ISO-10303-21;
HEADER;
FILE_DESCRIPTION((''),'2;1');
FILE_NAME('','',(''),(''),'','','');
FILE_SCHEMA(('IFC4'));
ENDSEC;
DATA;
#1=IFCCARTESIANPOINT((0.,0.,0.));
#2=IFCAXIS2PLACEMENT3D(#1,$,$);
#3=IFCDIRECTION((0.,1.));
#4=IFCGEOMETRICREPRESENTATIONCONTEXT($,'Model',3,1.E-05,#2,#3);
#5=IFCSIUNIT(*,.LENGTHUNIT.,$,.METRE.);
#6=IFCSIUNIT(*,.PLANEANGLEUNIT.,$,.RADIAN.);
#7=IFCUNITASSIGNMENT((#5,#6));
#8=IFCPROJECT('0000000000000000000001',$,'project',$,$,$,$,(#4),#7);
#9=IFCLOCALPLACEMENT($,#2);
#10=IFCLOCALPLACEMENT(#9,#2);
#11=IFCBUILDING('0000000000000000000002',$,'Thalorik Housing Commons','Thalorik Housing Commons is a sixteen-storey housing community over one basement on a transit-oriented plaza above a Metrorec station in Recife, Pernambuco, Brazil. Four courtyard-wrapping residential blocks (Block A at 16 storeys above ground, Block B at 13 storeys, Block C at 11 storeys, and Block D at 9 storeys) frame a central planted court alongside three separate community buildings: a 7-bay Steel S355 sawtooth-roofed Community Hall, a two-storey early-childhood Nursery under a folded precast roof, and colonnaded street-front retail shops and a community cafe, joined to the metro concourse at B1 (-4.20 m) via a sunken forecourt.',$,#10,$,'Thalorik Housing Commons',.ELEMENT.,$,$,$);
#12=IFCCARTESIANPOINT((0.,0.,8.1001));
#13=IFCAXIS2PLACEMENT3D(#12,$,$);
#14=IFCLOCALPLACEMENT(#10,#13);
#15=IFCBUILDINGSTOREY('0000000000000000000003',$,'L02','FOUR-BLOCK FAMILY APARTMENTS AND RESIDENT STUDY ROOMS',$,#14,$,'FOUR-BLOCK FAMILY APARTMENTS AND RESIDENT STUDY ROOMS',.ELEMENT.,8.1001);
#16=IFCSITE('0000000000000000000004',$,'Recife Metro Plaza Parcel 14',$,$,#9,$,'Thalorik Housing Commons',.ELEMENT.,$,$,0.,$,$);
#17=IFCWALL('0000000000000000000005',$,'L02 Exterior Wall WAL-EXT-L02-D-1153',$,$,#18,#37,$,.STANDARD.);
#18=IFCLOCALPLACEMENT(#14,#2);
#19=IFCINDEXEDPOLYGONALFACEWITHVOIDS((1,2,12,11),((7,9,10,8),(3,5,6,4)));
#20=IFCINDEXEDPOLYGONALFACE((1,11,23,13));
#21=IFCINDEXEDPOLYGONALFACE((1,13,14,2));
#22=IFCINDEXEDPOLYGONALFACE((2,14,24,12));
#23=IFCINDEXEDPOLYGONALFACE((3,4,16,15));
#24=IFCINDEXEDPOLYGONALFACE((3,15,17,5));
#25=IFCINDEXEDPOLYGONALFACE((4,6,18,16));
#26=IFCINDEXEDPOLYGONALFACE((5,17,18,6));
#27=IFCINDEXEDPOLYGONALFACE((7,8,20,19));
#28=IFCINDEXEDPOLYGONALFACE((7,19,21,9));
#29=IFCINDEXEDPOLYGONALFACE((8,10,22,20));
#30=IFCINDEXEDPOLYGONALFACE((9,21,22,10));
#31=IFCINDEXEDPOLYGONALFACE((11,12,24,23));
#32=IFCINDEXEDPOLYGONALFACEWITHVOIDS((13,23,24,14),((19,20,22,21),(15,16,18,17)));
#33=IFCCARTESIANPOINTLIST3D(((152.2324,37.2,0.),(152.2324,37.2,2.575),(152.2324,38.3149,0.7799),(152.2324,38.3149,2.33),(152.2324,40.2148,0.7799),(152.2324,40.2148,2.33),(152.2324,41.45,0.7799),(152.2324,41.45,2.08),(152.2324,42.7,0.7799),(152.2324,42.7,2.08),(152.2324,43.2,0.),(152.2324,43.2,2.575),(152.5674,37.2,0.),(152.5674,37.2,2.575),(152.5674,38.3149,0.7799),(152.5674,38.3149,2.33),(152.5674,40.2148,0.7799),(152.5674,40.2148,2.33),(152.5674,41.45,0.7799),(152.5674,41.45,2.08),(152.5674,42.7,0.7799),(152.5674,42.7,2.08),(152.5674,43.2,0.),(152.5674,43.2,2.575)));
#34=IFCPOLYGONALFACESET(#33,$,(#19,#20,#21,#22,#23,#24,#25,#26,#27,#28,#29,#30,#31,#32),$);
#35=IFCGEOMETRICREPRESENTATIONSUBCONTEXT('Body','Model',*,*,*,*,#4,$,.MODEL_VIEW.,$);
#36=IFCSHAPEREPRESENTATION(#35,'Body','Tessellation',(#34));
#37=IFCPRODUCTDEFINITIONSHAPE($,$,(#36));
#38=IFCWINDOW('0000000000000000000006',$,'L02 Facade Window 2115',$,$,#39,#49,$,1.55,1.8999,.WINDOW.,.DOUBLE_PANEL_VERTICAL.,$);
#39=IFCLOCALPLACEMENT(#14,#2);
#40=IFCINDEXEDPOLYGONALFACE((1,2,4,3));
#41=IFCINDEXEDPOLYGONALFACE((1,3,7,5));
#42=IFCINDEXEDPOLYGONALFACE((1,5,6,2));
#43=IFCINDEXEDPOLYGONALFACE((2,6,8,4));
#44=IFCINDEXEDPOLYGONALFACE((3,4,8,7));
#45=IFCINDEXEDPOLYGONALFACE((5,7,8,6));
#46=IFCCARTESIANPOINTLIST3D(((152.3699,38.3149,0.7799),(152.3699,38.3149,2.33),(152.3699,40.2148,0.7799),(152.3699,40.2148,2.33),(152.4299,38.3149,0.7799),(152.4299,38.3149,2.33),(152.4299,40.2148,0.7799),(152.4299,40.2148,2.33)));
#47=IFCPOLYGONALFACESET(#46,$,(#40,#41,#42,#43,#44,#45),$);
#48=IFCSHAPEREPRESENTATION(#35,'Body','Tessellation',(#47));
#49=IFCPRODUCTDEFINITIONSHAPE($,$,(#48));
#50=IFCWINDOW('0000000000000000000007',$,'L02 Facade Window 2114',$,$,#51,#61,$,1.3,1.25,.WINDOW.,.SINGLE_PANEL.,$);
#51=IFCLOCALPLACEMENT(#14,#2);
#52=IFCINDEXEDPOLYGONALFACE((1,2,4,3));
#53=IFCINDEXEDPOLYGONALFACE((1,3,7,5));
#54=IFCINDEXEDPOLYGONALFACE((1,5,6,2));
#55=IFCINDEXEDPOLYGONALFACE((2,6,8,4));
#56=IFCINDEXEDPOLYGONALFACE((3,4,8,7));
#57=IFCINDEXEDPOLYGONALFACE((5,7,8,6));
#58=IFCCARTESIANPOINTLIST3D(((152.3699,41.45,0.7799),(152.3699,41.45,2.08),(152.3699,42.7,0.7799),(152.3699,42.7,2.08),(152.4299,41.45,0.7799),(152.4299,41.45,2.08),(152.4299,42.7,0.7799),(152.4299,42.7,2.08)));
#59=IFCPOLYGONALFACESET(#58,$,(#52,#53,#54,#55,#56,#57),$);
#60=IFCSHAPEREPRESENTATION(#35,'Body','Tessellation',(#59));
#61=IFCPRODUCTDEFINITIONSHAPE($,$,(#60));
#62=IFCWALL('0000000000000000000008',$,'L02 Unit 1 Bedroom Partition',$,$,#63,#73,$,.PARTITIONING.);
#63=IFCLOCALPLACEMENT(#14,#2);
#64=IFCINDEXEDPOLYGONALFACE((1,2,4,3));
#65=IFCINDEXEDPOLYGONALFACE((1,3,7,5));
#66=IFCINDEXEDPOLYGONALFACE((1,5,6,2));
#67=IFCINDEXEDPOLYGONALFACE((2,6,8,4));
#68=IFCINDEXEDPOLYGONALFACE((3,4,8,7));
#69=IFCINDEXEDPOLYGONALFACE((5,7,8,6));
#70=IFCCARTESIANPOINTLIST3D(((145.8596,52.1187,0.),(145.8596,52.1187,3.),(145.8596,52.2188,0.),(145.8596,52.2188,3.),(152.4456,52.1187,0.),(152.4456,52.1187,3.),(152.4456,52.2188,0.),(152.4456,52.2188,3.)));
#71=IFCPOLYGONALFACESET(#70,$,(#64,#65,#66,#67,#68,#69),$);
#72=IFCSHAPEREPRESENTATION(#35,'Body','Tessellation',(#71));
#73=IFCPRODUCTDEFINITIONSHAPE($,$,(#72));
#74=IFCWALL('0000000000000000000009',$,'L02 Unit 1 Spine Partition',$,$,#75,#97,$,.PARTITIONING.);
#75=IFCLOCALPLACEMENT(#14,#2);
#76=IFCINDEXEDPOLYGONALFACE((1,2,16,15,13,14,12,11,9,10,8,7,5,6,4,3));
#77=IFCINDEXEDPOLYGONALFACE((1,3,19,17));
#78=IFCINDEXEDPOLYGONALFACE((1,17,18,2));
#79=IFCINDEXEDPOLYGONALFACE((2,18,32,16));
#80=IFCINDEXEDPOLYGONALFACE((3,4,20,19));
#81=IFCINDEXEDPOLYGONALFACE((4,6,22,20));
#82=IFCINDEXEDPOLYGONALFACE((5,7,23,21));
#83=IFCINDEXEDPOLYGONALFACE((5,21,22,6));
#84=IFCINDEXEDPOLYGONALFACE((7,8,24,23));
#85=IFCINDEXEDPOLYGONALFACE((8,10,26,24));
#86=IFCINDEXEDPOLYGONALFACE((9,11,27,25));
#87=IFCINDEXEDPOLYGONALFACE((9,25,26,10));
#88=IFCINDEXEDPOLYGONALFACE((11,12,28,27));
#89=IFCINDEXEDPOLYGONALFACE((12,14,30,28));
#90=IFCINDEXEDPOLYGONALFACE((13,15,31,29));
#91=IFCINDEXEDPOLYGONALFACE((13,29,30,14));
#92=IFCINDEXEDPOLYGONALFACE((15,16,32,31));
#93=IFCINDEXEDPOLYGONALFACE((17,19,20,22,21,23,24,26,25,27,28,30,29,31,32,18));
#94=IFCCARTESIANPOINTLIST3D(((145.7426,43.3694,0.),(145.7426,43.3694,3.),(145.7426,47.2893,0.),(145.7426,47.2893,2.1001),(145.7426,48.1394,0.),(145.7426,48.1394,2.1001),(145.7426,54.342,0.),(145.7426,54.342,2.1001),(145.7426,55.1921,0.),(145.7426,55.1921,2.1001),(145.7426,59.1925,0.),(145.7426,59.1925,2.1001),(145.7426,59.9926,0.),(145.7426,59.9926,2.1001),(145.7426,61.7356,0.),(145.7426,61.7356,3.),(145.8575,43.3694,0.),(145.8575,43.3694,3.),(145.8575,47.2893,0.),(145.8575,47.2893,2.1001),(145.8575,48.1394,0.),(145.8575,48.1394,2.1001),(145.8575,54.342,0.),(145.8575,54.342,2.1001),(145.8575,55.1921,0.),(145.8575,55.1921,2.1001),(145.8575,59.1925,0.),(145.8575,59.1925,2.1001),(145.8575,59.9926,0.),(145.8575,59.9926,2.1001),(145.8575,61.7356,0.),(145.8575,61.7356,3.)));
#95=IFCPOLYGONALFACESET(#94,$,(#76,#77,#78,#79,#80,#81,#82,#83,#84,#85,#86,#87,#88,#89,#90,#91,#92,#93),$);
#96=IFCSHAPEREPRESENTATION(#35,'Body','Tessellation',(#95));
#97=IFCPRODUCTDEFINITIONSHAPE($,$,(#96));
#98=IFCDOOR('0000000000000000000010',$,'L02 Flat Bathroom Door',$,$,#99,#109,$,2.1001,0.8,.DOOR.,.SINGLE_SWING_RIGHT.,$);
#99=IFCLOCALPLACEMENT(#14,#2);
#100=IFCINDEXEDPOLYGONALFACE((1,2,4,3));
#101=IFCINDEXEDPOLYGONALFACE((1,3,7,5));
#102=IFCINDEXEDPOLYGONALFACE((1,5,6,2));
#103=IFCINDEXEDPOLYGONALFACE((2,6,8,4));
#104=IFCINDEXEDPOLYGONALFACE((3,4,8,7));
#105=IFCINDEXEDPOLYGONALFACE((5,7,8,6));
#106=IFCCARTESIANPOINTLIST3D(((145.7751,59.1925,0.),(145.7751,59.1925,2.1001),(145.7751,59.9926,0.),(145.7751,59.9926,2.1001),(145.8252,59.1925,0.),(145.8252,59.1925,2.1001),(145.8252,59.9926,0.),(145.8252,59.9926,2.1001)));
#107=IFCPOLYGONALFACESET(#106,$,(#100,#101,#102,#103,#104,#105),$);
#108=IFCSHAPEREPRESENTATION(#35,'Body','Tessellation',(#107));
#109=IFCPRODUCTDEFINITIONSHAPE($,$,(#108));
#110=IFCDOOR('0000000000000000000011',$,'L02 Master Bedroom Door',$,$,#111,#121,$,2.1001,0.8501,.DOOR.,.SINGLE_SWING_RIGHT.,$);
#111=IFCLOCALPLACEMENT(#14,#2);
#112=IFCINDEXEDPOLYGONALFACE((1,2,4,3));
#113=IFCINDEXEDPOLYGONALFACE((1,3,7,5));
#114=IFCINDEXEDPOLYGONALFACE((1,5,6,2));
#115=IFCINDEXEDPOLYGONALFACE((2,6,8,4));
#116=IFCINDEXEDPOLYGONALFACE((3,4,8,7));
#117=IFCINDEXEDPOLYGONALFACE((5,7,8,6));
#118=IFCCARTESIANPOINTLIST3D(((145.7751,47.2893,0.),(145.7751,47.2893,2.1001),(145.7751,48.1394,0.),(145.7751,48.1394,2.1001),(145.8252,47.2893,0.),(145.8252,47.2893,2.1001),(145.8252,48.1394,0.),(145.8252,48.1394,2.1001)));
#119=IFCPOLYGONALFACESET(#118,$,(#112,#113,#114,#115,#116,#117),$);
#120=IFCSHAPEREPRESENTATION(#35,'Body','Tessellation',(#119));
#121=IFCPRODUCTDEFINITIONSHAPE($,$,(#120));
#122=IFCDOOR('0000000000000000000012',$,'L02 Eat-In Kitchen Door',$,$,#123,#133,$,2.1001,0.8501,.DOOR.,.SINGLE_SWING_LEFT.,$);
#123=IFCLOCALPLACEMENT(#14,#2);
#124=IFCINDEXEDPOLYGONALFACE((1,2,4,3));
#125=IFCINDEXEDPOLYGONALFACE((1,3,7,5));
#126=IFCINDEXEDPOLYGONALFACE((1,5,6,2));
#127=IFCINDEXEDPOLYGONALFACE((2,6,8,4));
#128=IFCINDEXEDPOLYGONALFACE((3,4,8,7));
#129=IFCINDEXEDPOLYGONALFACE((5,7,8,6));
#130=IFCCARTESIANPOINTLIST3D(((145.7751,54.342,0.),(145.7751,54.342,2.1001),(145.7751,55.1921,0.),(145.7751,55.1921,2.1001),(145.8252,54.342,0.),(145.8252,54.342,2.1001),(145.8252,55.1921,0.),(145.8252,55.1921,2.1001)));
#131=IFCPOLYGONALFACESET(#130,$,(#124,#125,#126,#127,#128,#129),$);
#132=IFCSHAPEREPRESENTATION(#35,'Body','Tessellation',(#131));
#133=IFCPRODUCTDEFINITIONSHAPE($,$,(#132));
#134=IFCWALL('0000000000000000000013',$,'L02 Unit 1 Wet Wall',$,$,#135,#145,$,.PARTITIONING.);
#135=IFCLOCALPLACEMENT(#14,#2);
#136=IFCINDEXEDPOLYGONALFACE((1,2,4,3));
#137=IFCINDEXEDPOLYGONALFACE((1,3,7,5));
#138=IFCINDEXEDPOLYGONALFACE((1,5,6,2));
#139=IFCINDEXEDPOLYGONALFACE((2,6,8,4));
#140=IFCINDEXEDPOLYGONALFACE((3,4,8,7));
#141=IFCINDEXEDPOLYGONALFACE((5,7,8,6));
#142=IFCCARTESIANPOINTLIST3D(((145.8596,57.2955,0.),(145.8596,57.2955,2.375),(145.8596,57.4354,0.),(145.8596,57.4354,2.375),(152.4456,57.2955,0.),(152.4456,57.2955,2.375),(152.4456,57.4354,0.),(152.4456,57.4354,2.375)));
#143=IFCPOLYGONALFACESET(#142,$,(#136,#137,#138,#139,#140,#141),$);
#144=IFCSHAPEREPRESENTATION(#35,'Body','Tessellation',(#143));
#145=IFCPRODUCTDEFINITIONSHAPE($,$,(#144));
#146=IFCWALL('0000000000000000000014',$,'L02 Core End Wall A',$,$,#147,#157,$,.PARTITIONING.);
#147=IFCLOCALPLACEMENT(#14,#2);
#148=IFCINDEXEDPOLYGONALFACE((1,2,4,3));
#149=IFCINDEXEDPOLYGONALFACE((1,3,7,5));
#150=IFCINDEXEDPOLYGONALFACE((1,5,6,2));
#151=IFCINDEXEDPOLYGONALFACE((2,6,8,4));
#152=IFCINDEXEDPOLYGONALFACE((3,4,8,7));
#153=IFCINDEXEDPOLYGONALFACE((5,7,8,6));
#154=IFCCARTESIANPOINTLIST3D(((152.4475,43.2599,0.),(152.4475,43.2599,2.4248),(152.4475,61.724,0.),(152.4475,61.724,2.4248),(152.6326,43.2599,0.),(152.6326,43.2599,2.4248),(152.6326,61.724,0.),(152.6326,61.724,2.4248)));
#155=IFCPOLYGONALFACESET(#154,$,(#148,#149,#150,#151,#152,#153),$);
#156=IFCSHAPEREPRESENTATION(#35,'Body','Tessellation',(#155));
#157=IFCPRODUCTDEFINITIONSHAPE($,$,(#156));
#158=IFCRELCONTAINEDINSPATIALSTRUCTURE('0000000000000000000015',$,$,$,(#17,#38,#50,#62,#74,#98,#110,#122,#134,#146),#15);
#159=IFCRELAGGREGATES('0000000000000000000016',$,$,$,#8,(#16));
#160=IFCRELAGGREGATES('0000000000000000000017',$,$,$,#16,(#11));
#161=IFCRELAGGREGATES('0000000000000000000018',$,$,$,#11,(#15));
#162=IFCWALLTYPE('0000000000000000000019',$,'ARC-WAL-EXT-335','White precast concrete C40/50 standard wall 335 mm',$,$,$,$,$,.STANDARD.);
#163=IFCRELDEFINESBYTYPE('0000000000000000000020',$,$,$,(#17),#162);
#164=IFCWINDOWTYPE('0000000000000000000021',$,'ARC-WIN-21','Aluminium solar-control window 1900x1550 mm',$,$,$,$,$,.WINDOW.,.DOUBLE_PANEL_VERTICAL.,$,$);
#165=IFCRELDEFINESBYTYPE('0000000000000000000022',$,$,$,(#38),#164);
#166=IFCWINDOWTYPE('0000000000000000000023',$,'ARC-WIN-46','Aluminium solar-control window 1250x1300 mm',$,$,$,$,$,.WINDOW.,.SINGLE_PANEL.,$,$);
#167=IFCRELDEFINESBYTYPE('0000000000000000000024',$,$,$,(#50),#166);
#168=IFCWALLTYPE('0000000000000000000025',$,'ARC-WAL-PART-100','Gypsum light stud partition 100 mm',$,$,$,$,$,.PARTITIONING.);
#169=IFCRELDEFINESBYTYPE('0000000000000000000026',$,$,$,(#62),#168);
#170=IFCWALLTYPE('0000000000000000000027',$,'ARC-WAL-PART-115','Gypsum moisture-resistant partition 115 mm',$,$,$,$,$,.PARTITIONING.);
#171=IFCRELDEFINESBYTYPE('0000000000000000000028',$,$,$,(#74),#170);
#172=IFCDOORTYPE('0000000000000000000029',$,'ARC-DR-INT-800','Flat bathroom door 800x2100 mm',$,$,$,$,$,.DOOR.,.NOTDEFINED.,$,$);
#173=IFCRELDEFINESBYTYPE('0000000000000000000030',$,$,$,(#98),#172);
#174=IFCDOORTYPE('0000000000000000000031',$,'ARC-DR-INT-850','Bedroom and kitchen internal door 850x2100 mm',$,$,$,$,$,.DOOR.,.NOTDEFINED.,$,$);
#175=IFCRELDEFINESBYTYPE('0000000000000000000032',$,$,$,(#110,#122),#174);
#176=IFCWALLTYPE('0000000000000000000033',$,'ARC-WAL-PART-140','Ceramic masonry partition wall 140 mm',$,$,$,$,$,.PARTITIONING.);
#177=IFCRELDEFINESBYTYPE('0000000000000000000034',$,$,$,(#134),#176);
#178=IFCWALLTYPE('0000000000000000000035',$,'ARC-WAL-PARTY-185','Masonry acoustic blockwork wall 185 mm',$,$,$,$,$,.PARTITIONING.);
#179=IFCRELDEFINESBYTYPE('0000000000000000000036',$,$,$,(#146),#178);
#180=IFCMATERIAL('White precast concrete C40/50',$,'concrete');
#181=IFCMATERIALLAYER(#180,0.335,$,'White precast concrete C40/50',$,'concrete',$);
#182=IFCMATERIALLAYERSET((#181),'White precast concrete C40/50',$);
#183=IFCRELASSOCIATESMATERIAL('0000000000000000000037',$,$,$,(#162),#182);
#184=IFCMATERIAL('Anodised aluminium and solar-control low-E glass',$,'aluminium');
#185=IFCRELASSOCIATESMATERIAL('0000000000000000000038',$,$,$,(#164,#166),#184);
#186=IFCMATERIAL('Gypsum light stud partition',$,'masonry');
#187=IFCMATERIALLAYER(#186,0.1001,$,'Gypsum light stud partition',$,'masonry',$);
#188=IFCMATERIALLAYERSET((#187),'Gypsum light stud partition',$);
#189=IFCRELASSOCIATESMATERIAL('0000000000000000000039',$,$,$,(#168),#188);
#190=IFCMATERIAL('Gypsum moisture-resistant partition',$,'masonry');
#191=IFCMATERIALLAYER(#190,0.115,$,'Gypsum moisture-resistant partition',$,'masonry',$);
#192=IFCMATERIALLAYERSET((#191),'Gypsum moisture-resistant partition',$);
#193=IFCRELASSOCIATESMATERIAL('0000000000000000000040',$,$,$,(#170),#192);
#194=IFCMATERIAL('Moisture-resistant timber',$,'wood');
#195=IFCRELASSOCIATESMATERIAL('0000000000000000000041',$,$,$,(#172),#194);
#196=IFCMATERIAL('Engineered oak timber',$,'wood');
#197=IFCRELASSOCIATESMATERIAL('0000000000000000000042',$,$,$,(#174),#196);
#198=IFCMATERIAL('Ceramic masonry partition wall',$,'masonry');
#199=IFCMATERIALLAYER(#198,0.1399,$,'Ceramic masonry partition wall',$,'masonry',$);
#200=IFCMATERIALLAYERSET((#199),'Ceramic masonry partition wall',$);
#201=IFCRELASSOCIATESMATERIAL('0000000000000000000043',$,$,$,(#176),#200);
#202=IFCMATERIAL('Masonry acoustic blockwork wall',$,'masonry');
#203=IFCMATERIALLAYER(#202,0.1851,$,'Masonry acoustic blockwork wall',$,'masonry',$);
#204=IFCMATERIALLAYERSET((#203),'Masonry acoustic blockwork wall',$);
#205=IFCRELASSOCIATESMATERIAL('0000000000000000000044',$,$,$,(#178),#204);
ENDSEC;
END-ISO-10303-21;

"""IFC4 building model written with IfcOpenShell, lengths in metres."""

from ifc_helpers import new_model, si_unit, direction, frame, frame_2d, origin, place, context, subcontext, project, spatial, rectangle, extrude, material, layer, layer_set, type_object, element, fill, save


model = new_model("IFC4")

# Units and contexts
model_context = context("Model", 3, precision=1e-05, world=origin(), true_north=direction((0.0, 1.0)))
body_context = subcontext(model_context, "Body", "Model", "MODEL_VIEW")
ifc_project = project(units=[si_unit("LENGTHUNIT", "METRE"), si_unit("PLANEANGLEUNIT", "RADIAN")], contexts=[model_context])

# Site, building, storey
site_placement = place(None, origin())
site = spatial("IfcSite", under=ifc_project, at=site_placement, Name="Recife Metro Plaza Parcel 14", LongName="Thalorik Housing Commons", CompositionType="ELEMENT", RefElevation=0.0)
building_placement = place(site_placement, origin())
building = spatial("IfcBuilding", under=site, at=building_placement, Name="Thalorik Housing Commons", Description="Thalorik Housing Commons is a sixteen-storey housing community over one basement on a transit-oriented plaza above a Metrorec station in Recife, Pernambuco, Brazil. Four courtyard-wrapping residential blocks (Block A at 16 storeys above ground, Block B at 13 storeys, Block C at 11 storeys, and Block D at 9 storeys) frame a central planted court alongside three separate community buildings: a 7-bay Steel S355 sawtooth-roofed Community Hall, a two-storey early-childhood Nursery under a folded precast roof, and colonnaded street-front retail shops and a community cafe, joined to the metro concourse at B1 (-4.20 m) via a sunken forecourt.", LongName="Thalorik Housing Commons", CompositionType="ELEMENT")
storey_placement = place(building_placement, frame((0.0, 0.0, 8.1001)))
storey = spatial("IfcBuildingStorey", under=building, at=storey_placement, Name="L02", Description="FOUR-BLOCK FAMILY APARTMENTS AND RESIDENT STUDY ROOMS", LongName="FOUR-BLOCK FAMILY APARTMENTS AND RESIDENT STUDY ROOMS", CompositionType="ELEMENT", Elevation=8.1001)

# Wall, openings, windows
ifc_material_1 = material(Name="White precast concrete C40/50", Category="concrete")
ifc_layer_1 = layer(ifc_material_1, 0.335, Name="White precast concrete C40/50", Category="concrete")
ifc_layer_set_1 = layer_set([ifc_layer_1], Name="White precast concrete C40/50")
wall_type_1 = type_object("IfcWallType", Name="ARC-WAL-EXT-335", Description="White precast concrete C40/50 standard wall 335 mm", PredefinedType="STANDARD", material=ifc_layer_set_1)
wall_1_placement = place(storey_placement, frame((152.3999, 43.2, 0.0), z_axis=(0.0, 0.0, 1.0), x_axis=(0.0, -1.0, 0.0)))
wall_1 = element("IfcWall", 1, at=wall_1_placement, inside=storey, type_object=wall_type_1, Name="L02 Exterior Wall WAL-EXT-L02-D-1153", PredefinedType="STANDARD", context=body_context, shape_type="SweptSolid", body=[
    extrude(rectangle(XDim=6.0, YDim=0.335, at=frame_2d((3.0, 0.0))), origin(), (0.0, 0.0, 1.0), 2.575),
])
opening_1_placement = place(wall_1_placement, frame((0.5, 0.0, 0.78)))
opening_1 = element("IfcOpeningElement", 2, at=opening_1_placement, cuts=wall_1, PredefinedType="OPENING", context=body_context, shape_type="SweptSolid", body=[
    extrude(rectangle(XDim=1.25, YDim=1.3, at=frame_2d((0.625, 0.6499))), frame((0.0, 0.1775, 0.0), z_axis=(0.0, -1.0, 0.0), x_axis=(1.0, 0.0, 0.0)), (0.0, 0.0, 1.0), 0.355),
])
opening_2_placement = place(wall_1_placement, frame((2.9851, 0.0, 0.78)))
opening_2 = element("IfcOpeningElement", 3, at=opening_2_placement, cuts=wall_1, PredefinedType="OPENING", context=body_context, shape_type="SweptSolid", body=[
    extrude(rectangle(XDim=1.8999, YDim=1.55, at=frame_2d((0.95, 0.7749))), frame((0.0, 0.1775, 0.0), z_axis=(0.0, -1.0, 0.0), x_axis=(1.0, 0.0, 0.0)), (0.0, 0.0, 1.0), 0.355),
])
ifc_material_2 = material(Name="Anodised aluminium and solar-control low-E glass", Category="aluminium")
window_type_1 = type_object("IfcWindowType", Name="ARC-WIN-21", Description="Aluminium solar-control window 1900x1550 mm", PartitioningType="DOUBLE_PANEL_VERTICAL", PredefinedType="WINDOW", material=ifc_material_2)
window_1_placement = place(opening_2_placement, origin())
window_1 = element("IfcWindow", 4, at=window_1_placement, inside=storey, type_object=window_type_1, Name="L02 Facade Window 2115", OverallHeight=1.55, OverallWidth=1.8999, PartitioningType="DOUBLE_PANEL_VERTICAL", PredefinedType="WINDOW", context=body_context, shape_type="SweptSolid", body=[
    extrude(rectangle(XDim=1.8999, YDim=1.55, at=frame_2d((0.95, 0.7749))), frame((0.0, 0.03, 0.0), z_axis=(0.0, -1.0, 0.0), x_axis=(1.0, 0.0, 0.0)), (0.0, 0.0, 1.0), 0.0601),
])
fill(opening_2, window_1)
window_type_2 = type_object("IfcWindowType", Name="ARC-WIN-46", Description="Aluminium solar-control window 1250x1300 mm", PartitioningType="SINGLE_PANEL", PredefinedType="WINDOW", material=ifc_material_2)
window_2_placement = place(opening_1_placement, origin())
window_2 = element("IfcWindow", 5, at=window_2_placement, inside=storey, type_object=window_type_2, Name="L02 Facade Window 2114", OverallHeight=1.3, OverallWidth=1.25, PartitioningType="SINGLE_PANEL", PredefinedType="WINDOW", context=body_context, shape_type="SweptSolid", body=[
    extrude(rectangle(XDim=1.25, YDim=1.3, at=frame_2d((0.625, 0.6499))), frame((0.0, 0.03, 0.0), z_axis=(0.0, -1.0, 0.0), x_axis=(1.0, 0.0, 0.0)), (0.0, 0.0, 1.0), 0.0601),
])
fill(opening_1, window_2)

# Wall
ifc_material_3 = material(Name="Gypsum light stud partition", Category="masonry")
ifc_layer_2 = layer(ifc_material_3, 0.1001, Name="Gypsum light stud partition", Category="masonry")
ifc_layer_set_2 = layer_set([ifc_layer_2], Name="Gypsum light stud partition")
wall_type_2 = type_object("IfcWallType", Name="ARC-WAL-PART-100", Description="Gypsum light stud partition 100 mm", PredefinedType="PARTITIONING", material=ifc_layer_set_2)
wall_2_placement = place(storey_placement, frame((145.8596, 52.1687, 0.0), z_axis=(0.0, 0.0, 1.0), x_axis=(1.0, 0.0, 0.0)))
element("IfcWall", 6, at=wall_2_placement, inside=storey, type_object=wall_type_2, Name="L02 Unit 1 Bedroom Partition", PredefinedType="PARTITIONING", context=body_context, shape_type="SweptSolid", body=[
    extrude(rectangle(XDim=6.5859, YDim=0.1001, at=frame_2d((3.293, 0.0))), origin(), (0.0, 0.0, 1.0), 3.0),
])

# Wall, openings, doors
ifc_material_4 = material(Name="Gypsum moisture-resistant partition", Category="masonry")
ifc_layer_3 = layer(ifc_material_4, 0.115, Name="Gypsum moisture-resistant partition", Category="masonry")
ifc_layer_set_3 = layer_set([ifc_layer_3], Name="Gypsum moisture-resistant partition")
wall_type_3 = type_object("IfcWallType", Name="ARC-WAL-PART-115", Description="Gypsum moisture-resistant partition 115 mm", PredefinedType="PARTITIONING", material=ifc_layer_set_3)
wall_3_placement = place(storey_placement, frame((145.8, 43.3694, 0.0), z_axis=(0.0, 0.0, 1.0), x_axis=(0.0, 1.0, 0.0)))
wall_3 = element("IfcWall", 7, at=wall_3_placement, inside=storey, type_object=wall_type_3, Name="L02 Unit 1 Spine Partition", PredefinedType="PARTITIONING", context=body_context, shape_type="SweptSolid", body=[
    extrude(rectangle(XDim=18.3662, YDim=0.115, at=frame_2d((9.1831, 0.0))), origin(), (0.0, 0.0, 1.0), 3.0),
])
opening_3_placement = place(wall_3_placement, frame((3.9199, 0.0, 0.0)))
opening_3 = element("IfcOpeningElement", 8, at=opening_3_placement, cuts=wall_3, PredefinedType="OPENING", context=body_context, shape_type="SweptSolid", body=[
    extrude(rectangle(XDim=0.8501, YDim=2.1001, at=frame_2d((0.425, 1.05))), frame((0.0, 0.0674, 0.0), z_axis=(0.0, -1.0, 0.0), x_axis=(1.0, 0.0, 0.0)), (0.0, 0.0, 1.0), 0.135),
])
opening_4_placement = place(wall_3_placement, frame((10.9727, 0.0, 0.0)))
opening_4 = element("IfcOpeningElement", 9, at=opening_4_placement, cuts=wall_3, PredefinedType="OPENING", context=body_context, shape_type="SweptSolid", body=[
    extrude(rectangle(XDim=0.8501, YDim=2.1001, at=frame_2d((0.425, 1.05))), frame((0.0, 0.0674, 0.0), z_axis=(0.0, -1.0, 0.0), x_axis=(1.0, 0.0, 0.0)), (0.0, 0.0, 1.0), 0.135),
])
opening_5_placement = place(wall_3_placement, frame((15.8232, 0.0, 0.0)))
opening_5 = element("IfcOpeningElement", 10, at=opening_5_placement, cuts=wall_3, PredefinedType="OPENING", context=body_context, shape_type="SweptSolid", body=[
    extrude(rectangle(XDim=0.8, YDim=2.1001, at=frame_2d((0.3999, 1.05))), frame((0.0, 0.0674, 0.0), z_axis=(0.0, -1.0, 0.0), x_axis=(1.0, 0.0, 0.0)), (0.0, 0.0, 1.0), 0.135),
])
ifc_material_5 = material(Name="Moisture-resistant timber", Category="wood")
door_type_1 = type_object("IfcDoorType", Name="ARC-DR-INT-800", Description="Flat bathroom door 800x2100 mm", OperationType="NOTDEFINED", PredefinedType="DOOR", material=ifc_material_5)
door_1_placement = place(opening_5_placement, origin())
door_1 = element("IfcDoor", 11, at=door_1_placement, inside=storey, type_object=door_type_1, Name="L02 Flat Bathroom Door", OperationType="SINGLE_SWING_RIGHT", OverallHeight=2.1001, OverallWidth=0.8, PredefinedType="DOOR", context=body_context, shape_type="SweptSolid", body=[
    extrude(rectangle(XDim=0.8, YDim=2.1001, at=frame_2d((0.3999, 1.05))), frame((0.0, 0.0249, 0.0), z_axis=(0.0, -1.0, 0.0), x_axis=(1.0, 0.0, 0.0)), (0.0, 0.0, 1.0), 0.05),
])
fill(opening_5, door_1)
ifc_material_6 = material(Name="Engineered oak timber", Category="wood")
door_type_2 = type_object("IfcDoorType", Name="ARC-DR-INT-850", Description="Bedroom and kitchen internal door 850x2100 mm", OperationType="NOTDEFINED", PredefinedType="DOOR", material=ifc_material_6)
door_2_placement = place(opening_3_placement, origin())
door_2 = element("IfcDoor", 12, at=door_2_placement, inside=storey, type_object=door_type_2, Name="L02 Master Bedroom Door", OperationType="SINGLE_SWING_RIGHT", OverallHeight=2.1001, OverallWidth=0.8501, PredefinedType="DOOR", context=body_context, shape_type="SweptSolid", body=[
    extrude(rectangle(XDim=0.8501, YDim=2.1001, at=frame_2d((0.425, 1.05))), frame((0.0, 0.0249, 0.0), z_axis=(0.0, -1.0, 0.0), x_axis=(1.0, 0.0, 0.0)), (0.0, 0.0, 1.0), 0.05),
])
fill(opening_3, door_2)
door_3_placement = place(opening_4_placement, origin())
door_3 = element("IfcDoor", 13, at=door_3_placement, inside=storey, type_object=door_type_2, Name="L02 Eat-In Kitchen Door", OperationType="SINGLE_SWING_LEFT", OverallHeight=2.1001, OverallWidth=0.8501, PredefinedType="DOOR", context=body_context, shape_type="SweptSolid", body=[
    extrude(rectangle(XDim=0.8501, YDim=2.1001, at=frame_2d((0.425, 1.05))), frame((0.0, 0.0249, 0.0), z_axis=(0.0, -1.0, 0.0), x_axis=(1.0, 0.0, 0.0)), (0.0, 0.0, 1.0), 0.05),
])
fill(opening_4, door_3)

# Walls
ifc_material_7 = material(Name="Ceramic masonry partition wall", Category="masonry")
ifc_layer_4 = layer(ifc_material_7, 0.1399, Name="Ceramic masonry partition wall", Category="masonry")
ifc_layer_set_4 = layer_set([ifc_layer_4], Name="Ceramic masonry partition wall")
wall_type_4 = type_object("IfcWallType", Name="ARC-WAL-PART-140", Description="Ceramic masonry partition wall 140 mm", PredefinedType="PARTITIONING", material=ifc_layer_set_4)
wall_4_placement = place(storey_placement, frame((145.8596, 57.3655, 0.0), z_axis=(0.0, 0.0, 1.0), x_axis=(1.0, 0.0, 0.0)))
element("IfcWall", 14, at=wall_4_placement, inside=storey, type_object=wall_type_4, Name="L02 Unit 1 Wet Wall", PredefinedType="PARTITIONING", context=body_context, shape_type="SweptSolid", body=[
    extrude(rectangle(XDim=6.5859, YDim=0.1399, at=frame_2d((3.293, 0.0))), origin(), (0.0, 0.0, 1.0), 2.375),
])
ifc_material_8 = material(Name="Masonry acoustic blockwork wall", Category="masonry")
ifc_layer_5 = layer(ifc_material_8, 0.1851, Name="Masonry acoustic blockwork wall", Category="masonry")
ifc_layer_set_5 = layer_set([ifc_layer_5], Name="Masonry acoustic blockwork wall")
wall_type_5 = type_object("IfcWallType", Name="ARC-WAL-PARTY-185", Description="Masonry acoustic blockwork wall 185 mm", PredefinedType="PARTITIONING", material=ifc_layer_set_5)
wall_5_placement = place(storey_placement, frame((152.54, 43.26, 0.0), z_axis=(0.0, 0.0, 1.0), x_axis=(0.0, 1.0, 0.0)))
element("IfcWall", 15, at=wall_5_placement, inside=storey, type_object=wall_type_5, Name="L02 Core End Wall A", PredefinedType="PARTITIONING", context=body_context, shape_type="SweptSolid", body=[
    extrude(rectangle(XDim=18.4641, YDim=0.1851, at=frame_2d((9.2319, 0.0))), origin(), (0.0, 0.0, 1.0), 2.4248),
])

save(model, "model.ifc")
